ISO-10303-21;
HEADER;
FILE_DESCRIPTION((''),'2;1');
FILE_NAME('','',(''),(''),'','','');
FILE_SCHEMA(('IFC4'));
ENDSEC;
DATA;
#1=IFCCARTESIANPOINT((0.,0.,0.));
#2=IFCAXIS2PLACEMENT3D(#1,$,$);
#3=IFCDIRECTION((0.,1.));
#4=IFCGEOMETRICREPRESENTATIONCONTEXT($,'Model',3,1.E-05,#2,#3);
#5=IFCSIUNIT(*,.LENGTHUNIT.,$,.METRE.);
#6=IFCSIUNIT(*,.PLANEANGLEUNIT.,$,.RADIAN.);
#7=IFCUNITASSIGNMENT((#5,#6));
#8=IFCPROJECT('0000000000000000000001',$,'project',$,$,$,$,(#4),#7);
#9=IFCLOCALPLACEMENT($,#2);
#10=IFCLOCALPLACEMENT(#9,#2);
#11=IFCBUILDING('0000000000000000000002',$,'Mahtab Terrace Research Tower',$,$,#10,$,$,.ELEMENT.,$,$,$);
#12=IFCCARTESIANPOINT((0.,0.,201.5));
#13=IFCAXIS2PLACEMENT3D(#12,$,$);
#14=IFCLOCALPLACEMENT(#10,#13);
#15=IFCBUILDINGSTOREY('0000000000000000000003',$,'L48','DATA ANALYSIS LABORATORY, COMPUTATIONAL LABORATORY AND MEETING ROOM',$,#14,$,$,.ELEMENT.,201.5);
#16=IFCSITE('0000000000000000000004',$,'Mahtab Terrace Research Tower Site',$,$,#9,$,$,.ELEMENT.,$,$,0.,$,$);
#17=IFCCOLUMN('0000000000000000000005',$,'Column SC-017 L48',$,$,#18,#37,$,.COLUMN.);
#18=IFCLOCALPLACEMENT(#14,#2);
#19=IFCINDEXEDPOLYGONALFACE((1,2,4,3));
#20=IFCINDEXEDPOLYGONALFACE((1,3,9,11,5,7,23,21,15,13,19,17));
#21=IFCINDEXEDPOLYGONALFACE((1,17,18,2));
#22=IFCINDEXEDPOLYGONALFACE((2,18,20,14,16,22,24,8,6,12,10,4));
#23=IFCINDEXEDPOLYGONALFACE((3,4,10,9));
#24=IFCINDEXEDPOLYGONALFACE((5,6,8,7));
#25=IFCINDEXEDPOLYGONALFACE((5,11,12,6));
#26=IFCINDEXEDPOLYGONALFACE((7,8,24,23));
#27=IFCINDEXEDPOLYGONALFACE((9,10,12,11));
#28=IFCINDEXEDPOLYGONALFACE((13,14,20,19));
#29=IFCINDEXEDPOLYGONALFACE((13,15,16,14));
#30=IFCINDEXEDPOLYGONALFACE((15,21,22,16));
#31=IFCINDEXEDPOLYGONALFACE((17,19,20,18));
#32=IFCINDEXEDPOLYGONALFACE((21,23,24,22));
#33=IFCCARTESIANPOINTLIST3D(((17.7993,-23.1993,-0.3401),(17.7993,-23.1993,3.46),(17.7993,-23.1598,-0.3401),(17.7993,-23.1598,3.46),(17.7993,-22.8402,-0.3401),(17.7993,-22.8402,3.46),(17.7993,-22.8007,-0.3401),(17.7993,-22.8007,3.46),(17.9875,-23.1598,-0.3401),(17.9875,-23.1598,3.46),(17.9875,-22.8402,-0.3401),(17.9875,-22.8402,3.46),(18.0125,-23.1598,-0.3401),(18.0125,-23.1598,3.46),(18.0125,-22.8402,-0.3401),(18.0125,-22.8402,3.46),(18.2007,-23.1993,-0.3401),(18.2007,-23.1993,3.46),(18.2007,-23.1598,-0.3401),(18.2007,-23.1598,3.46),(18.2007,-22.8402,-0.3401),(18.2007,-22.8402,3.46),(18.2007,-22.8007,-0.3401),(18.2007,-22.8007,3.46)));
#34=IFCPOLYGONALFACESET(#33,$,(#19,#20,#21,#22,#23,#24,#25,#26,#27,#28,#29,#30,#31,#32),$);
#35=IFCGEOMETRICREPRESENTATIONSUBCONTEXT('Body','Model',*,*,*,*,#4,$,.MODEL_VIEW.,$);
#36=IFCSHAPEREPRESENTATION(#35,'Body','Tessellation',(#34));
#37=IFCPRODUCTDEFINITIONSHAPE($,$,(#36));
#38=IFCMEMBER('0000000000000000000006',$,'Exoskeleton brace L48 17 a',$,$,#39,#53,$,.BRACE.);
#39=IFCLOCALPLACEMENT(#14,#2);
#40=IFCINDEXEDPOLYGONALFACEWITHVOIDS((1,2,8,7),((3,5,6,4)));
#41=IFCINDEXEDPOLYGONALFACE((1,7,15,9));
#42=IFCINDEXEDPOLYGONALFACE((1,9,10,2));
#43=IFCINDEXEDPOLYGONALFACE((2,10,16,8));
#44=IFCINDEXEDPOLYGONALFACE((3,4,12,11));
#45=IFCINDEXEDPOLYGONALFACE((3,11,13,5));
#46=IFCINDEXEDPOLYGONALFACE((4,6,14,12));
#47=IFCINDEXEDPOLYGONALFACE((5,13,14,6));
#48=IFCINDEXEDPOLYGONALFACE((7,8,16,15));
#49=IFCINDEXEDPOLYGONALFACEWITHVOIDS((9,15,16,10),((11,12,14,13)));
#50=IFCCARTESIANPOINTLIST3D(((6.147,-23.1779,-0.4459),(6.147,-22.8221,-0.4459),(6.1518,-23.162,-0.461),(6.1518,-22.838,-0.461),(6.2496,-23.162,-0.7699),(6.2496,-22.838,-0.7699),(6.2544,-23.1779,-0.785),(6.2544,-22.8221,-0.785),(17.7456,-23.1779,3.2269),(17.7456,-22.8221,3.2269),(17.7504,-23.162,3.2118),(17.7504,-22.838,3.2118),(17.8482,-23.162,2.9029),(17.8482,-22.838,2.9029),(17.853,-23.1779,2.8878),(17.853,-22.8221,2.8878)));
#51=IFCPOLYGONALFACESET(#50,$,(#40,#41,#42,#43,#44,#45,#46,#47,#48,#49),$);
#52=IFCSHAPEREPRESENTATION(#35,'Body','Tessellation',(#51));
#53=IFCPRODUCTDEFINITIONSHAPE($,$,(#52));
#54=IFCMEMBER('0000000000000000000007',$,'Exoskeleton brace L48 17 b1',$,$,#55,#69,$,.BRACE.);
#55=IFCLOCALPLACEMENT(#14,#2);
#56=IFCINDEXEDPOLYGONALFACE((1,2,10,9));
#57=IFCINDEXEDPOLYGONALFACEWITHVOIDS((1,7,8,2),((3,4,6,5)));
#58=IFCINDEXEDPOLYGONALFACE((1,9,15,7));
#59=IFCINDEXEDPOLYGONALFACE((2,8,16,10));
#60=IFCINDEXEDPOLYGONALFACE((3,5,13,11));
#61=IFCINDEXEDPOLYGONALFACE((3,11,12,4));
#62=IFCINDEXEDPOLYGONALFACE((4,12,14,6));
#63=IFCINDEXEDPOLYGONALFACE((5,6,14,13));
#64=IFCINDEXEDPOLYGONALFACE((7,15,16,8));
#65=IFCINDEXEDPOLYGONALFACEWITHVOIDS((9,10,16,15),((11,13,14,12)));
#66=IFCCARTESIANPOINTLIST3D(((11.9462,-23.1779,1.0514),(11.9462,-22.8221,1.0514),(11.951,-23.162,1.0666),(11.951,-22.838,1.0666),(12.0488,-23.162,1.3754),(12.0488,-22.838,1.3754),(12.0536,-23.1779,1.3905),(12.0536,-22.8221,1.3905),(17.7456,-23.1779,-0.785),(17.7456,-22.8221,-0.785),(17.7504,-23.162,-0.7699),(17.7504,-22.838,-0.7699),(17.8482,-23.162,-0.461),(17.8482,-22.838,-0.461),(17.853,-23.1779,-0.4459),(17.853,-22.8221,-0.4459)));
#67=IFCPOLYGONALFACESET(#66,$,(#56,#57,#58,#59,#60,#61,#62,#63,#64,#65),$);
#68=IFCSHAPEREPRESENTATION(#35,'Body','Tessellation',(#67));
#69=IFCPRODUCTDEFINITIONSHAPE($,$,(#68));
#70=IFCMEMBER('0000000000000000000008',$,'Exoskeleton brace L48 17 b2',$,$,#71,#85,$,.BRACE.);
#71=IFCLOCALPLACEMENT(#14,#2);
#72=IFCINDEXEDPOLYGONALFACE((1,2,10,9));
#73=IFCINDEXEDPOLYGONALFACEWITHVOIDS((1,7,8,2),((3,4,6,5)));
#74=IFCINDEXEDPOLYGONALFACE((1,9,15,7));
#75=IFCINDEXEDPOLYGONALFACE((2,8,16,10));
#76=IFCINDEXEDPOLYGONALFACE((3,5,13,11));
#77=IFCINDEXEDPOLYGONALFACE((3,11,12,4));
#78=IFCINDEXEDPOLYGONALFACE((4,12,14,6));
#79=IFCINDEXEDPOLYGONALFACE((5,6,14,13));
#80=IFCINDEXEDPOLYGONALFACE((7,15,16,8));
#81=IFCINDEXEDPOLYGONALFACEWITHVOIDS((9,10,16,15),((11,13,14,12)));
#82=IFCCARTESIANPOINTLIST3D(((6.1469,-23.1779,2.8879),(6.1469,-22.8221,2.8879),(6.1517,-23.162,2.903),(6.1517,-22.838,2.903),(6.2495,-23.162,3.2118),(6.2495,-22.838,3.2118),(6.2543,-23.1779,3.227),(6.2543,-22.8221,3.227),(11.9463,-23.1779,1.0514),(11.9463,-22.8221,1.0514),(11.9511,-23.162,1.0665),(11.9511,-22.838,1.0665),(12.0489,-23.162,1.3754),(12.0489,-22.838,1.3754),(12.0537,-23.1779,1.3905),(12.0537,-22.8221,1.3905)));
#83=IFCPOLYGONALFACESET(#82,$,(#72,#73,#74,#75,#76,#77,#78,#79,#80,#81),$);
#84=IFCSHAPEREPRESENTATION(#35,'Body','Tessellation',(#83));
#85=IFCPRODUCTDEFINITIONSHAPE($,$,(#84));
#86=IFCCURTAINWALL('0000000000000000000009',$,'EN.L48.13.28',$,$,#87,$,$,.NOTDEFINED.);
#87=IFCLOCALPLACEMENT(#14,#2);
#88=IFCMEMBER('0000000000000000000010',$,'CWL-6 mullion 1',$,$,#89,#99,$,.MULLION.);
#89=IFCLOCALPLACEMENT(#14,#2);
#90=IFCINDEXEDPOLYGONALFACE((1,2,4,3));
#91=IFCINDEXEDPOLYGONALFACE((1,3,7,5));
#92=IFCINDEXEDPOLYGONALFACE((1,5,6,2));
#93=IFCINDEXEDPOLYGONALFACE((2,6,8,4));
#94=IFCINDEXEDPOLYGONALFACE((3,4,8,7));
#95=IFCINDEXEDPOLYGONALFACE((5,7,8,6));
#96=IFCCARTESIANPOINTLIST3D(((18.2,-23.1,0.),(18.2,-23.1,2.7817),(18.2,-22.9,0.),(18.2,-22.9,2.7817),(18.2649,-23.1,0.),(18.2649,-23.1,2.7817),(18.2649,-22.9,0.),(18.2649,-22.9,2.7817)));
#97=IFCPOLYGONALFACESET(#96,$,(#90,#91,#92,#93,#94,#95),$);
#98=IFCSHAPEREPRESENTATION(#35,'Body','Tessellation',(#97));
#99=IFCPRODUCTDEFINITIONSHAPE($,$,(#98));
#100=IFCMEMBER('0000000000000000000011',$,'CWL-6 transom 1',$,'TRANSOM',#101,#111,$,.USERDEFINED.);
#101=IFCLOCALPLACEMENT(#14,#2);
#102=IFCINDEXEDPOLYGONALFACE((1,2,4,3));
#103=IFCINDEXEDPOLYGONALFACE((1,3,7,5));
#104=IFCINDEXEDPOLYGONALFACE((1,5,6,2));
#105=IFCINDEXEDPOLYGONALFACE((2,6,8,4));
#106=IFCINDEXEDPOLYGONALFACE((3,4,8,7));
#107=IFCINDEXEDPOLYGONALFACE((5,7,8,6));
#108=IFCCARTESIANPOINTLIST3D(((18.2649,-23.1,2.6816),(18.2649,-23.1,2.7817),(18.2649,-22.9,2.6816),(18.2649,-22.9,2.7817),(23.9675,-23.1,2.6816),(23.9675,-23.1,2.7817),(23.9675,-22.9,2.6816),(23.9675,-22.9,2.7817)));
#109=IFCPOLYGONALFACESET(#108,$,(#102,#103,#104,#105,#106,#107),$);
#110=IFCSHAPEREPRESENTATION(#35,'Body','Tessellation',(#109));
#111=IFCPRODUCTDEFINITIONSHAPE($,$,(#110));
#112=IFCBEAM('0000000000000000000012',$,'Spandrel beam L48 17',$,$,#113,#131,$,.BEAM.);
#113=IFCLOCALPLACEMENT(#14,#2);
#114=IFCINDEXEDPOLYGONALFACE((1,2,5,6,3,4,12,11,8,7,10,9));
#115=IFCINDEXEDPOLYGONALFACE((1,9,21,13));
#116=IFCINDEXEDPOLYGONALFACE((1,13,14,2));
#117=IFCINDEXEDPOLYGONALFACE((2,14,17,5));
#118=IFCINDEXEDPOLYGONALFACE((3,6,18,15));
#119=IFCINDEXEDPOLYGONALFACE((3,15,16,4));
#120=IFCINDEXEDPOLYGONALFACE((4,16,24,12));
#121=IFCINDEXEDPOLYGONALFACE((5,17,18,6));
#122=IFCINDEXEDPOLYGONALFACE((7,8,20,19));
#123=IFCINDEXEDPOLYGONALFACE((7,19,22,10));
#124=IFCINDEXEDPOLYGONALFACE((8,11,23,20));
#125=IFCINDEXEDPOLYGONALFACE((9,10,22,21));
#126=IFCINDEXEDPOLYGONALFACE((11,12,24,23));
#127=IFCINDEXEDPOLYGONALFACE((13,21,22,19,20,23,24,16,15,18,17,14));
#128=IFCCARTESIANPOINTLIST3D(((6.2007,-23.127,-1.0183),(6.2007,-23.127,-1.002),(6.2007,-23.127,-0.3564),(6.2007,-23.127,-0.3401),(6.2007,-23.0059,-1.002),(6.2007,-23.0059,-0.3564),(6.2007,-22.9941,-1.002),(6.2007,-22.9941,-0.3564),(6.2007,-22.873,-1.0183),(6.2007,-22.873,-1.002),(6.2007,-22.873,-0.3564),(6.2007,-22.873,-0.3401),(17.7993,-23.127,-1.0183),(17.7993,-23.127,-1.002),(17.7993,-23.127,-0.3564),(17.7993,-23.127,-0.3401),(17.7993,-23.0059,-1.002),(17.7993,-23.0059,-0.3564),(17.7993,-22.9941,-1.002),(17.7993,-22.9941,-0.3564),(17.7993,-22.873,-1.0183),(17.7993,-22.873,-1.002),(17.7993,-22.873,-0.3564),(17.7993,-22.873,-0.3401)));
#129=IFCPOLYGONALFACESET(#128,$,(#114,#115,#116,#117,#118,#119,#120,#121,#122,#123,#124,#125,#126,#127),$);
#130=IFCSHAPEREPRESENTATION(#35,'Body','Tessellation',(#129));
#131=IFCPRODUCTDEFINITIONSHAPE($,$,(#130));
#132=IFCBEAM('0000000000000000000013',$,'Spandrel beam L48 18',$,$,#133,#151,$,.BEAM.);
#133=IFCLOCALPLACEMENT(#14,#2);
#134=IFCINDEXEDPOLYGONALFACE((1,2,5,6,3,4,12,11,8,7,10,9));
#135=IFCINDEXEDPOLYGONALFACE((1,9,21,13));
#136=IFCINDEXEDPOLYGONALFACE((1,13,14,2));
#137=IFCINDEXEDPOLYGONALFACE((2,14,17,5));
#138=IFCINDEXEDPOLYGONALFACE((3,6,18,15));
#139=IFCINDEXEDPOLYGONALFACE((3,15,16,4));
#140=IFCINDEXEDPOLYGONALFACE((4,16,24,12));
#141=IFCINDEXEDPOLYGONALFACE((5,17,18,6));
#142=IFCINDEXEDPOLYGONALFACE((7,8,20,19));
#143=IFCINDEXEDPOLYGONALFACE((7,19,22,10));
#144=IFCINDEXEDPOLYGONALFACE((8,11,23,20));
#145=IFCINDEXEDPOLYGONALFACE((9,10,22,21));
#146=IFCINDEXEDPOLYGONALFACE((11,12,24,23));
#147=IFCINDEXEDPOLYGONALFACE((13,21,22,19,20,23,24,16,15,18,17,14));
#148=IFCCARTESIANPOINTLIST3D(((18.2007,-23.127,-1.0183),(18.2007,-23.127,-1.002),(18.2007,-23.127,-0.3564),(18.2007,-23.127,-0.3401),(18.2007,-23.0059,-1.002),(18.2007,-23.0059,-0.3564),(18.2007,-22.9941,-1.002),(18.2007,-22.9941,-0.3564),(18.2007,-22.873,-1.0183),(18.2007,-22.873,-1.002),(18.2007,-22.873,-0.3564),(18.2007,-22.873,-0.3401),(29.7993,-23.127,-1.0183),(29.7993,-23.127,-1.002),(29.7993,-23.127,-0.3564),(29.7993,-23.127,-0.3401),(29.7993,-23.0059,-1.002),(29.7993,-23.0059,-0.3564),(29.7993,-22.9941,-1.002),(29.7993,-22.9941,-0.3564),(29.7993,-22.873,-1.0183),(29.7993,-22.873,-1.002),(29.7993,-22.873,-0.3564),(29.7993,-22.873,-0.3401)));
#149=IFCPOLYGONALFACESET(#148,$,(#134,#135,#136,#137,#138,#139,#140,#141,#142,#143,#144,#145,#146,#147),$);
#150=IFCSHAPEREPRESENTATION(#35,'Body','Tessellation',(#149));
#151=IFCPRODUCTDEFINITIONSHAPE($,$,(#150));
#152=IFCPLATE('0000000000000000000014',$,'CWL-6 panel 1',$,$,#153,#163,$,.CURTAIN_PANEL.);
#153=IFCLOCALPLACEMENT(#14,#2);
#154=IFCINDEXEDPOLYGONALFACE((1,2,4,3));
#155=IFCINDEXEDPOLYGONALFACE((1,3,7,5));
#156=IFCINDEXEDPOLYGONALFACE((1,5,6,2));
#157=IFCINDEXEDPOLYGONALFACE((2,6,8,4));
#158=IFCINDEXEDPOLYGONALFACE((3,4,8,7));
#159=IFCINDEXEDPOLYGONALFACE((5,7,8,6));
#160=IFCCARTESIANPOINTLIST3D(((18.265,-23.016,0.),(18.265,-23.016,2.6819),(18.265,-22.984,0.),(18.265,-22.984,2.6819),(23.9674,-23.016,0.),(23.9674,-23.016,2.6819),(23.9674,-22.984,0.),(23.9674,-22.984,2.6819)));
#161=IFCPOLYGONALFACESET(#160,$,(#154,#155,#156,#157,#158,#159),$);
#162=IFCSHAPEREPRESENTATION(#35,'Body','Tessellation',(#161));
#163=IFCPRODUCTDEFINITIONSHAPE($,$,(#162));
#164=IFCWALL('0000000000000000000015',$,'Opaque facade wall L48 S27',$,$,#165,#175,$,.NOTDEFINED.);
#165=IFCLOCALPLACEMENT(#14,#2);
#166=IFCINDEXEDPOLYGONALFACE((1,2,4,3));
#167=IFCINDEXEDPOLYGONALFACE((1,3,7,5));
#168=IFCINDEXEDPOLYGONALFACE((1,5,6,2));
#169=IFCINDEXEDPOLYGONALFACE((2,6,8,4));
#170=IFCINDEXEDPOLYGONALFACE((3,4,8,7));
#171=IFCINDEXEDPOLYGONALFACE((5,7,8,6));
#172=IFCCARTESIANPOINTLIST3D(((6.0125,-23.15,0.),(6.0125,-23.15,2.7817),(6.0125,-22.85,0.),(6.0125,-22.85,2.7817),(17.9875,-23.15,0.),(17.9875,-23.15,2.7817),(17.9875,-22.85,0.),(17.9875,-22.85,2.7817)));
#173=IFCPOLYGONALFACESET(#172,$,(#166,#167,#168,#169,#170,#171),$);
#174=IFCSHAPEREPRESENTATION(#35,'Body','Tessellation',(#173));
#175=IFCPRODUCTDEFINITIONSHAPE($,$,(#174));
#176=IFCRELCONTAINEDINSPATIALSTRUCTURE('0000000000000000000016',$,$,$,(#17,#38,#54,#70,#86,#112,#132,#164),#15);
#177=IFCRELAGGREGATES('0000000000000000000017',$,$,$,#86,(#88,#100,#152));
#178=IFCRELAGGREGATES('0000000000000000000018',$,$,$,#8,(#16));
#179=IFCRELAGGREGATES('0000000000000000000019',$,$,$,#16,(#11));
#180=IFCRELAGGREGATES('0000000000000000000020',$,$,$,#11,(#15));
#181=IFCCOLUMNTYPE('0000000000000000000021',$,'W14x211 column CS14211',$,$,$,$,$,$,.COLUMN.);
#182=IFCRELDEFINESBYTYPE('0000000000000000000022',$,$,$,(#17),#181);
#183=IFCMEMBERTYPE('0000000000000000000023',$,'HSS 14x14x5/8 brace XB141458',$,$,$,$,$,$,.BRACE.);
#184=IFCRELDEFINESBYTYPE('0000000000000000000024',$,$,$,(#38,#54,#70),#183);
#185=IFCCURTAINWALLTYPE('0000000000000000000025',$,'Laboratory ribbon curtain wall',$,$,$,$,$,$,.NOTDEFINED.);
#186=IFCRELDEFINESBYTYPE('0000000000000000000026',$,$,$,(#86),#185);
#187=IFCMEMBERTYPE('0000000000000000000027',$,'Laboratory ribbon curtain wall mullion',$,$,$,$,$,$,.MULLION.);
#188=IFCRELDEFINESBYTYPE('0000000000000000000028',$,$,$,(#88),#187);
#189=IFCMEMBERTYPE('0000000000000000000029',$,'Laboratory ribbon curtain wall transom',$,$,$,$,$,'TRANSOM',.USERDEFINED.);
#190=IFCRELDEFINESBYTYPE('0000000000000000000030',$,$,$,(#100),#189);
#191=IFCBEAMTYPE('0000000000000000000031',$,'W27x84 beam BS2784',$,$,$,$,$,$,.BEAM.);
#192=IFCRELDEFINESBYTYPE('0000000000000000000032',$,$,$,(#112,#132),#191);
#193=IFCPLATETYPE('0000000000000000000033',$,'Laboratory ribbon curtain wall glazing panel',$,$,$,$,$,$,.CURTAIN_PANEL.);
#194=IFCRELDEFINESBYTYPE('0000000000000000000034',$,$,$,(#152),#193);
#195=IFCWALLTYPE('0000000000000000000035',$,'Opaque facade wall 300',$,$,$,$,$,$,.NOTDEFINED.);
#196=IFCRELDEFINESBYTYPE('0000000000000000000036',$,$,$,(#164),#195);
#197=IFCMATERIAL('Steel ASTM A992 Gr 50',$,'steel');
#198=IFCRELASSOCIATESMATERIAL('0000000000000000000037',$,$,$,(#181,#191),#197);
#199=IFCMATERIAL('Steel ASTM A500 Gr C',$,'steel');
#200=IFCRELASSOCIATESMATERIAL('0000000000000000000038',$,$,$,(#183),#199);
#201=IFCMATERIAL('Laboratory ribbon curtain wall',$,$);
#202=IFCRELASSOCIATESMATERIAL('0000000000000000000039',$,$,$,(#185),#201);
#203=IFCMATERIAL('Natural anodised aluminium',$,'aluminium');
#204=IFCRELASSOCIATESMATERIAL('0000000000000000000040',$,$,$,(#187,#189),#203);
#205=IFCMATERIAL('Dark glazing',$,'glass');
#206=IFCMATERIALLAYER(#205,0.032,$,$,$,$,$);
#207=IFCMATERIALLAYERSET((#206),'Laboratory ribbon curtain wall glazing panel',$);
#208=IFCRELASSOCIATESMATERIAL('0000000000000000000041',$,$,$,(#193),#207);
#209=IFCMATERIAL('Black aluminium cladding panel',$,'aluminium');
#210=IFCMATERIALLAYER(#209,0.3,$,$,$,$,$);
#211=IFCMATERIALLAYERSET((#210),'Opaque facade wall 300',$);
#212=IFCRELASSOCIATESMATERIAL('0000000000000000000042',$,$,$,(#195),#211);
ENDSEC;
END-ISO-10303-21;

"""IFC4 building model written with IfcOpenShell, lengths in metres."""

from ifc_helpers import new_model, si_unit, direction, frame, frame_2d, origin, origin_2d, place, context, subcontext, project, spatial, rectangle, hollow_rectangle, i_section, extrude, material, layer, layer_set, material_profile, profile_set, type_object, element, aggregate, save


model = new_model("IFC4")

# Units and contexts
model_context = context("Model", 3, precision=1e-05, world=origin(), true_north=direction((0.0, 1.0)))
body_context = subcontext(model_context, "Body", "Model", "MODEL_VIEW")
ifc_project = project(units=[si_unit("LENGTHUNIT", "METRE"), si_unit("PLANEANGLEUNIT", "RADIAN")], contexts=[model_context])

# Site, building, storey
site_placement = place(None, origin())
site = spatial("IfcSite", under=ifc_project, at=site_placement, Name="Mahtab Terrace Research Tower Site", CompositionType="ELEMENT", RefElevation=0.0)
building_placement = place(site_placement, origin())
building = spatial("IfcBuilding", under=site, at=building_placement, Name="Mahtab Terrace Research Tower", CompositionType="ELEMENT")
storey_placement = place(building_placement, frame((0.0, 0.0, 201.5)))
storey = spatial("IfcBuildingStorey", under=building, at=storey_placement, Name="L48", Description="DATA ANALYSIS LABORATORY, COMPUTATIONAL LABORATORY AND MEETING ROOM", CompositionType="ELEMENT", Elevation=201.5)

# Column
ifc_material_1 = material(Name="Steel ASTM A992 Gr 50", Category="steel")
ifc_material_profile_1 = material_profile(ifc_material_1, i_section(OverallWidth=0.4014, OverallDepth=0.3987, WebThickness=0.0249, FlangeThickness=0.0396, at=origin_2d()), Name="W14X211")
ifc_profile_set_1 = profile_set([ifc_material_profile_1], Name="Steel ASTM A992 Gr 50")
column_type = type_object("IfcColumnType", Name="W14x211 column CS14211", PredefinedType="COLUMN", material=ifc_profile_set_1)
column_placement = place(storey_placement, frame((18.0, -23.0, -0.3401), z_axis=(0.0, 0.0, 1.0), x_axis=(1.0, 0.0, 0.0)))
element("IfcColumn", 1, at=column_placement, inside=storey, type_object=column_type, Name="Column SC-017 L48", PredefinedType="COLUMN", context=body_context, shape_type="SweptSolid", body=[
    extrude(i_section(OverallWidth=0.4014, OverallDepth=0.3987, WebThickness=0.0249, FlangeThickness=0.0396, at=origin_2d()), origin(), (0.0, 0.0, 1.0), 3.8),
])

# Members
ifc_material_2 = material(Name="Steel ASTM A500 Gr C", Category="steel")
ifc_material_profile_2 = material_profile(ifc_material_2, hollow_rectangle(XDim=0.3557, YDim=0.3557, WallThickness=0.0159, at=origin_2d()), Name="HSS14X14X5/8")
ifc_profile_set_2 = profile_set([ifc_material_profile_2], Name="Steel ASTM A500 Gr C")
member_type_1 = type_object("IfcMemberType", Name="HSS 14x14x5/8 brace XB141458", PredefinedType="BRACE", material=ifc_profile_set_2)
member_1_placement = place(storey_placement, frame((6.2007, -23.0, -0.6155), z_axis=(0.953343, 0.0, 0.301888), x_axis=(0.0, 1.0, 0.0)))
element("IfcMember", 2, at=member_1_placement, inside=storey, type_object=member_type_1, Name="Exoskeleton brace L48 17 a", PredefinedType="BRACE", context=body_context, shape_type="SweptSolid", body=[
    extrude(hollow_rectangle(XDim=0.3557, YDim=0.3557, WallThickness=0.0159, at=origin_2d()), origin(), (0.0, 0.0, 1.0), 12.1663),
])
for number, where, z_axis, x_axis, name in (
    (3, (17.7993, -23.0, -0.6155), (-0.953343, 0.0, 0.301888), (0.0, -1.0, 0.0), "Exoskeleton brace L48 17 b1"),
    (4, (12.0, -23.0, 1.2209), (-0.953343, 0.0, 0.301888), (0.0, -1.0, 0.0), "Exoskeleton brace L48 17 b2"),
):
    element("IfcMember", number, at=place(storey_placement, frame(where, z_axis=z_axis, x_axis=x_axis)), inside=storey, type_object=member_type_1, Name=name, PredefinedType="BRACE", context=body_context, shape_type="SweptSolid", body=[
        extrude(hollow_rectangle(XDim=0.3557, YDim=0.3557, WallThickness=0.0159, at=origin_2d()), origin(), (0.0, 0.0, 1.0), 6.0833),
    ])

# Curtain wall, members
ifc_material_3 = material(Name="Laboratory ribbon curtain wall")
curtain_wall_type = type_object("IfcCurtainWallType", Name="Laboratory ribbon curtain wall", PredefinedType="NOTDEFINED", material=ifc_material_3)
curtain_wall_placement = place(storey_placement, origin())
curtain_wall = element("IfcCurtainWall", 5, at=curtain_wall_placement, inside=storey, type_object=curtain_wall_type, Name="EN.L48.13.28", PredefinedType="NOTDEFINED")
ifc_material_4 = material(Name="Natural anodised aluminium", Category="aluminium")
ifc_material_profile_3 = material_profile(ifc_material_4, rectangle(XDim=0.2, YDim=0.0649, at=origin_2d()), Name="MULLION 65x200")
ifc_profile_set_3 = profile_set([ifc_material_profile_3], Name="Natural anodised aluminium")
member_type_2 = type_object("IfcMemberType", Name="Laboratory ribbon curtain wall mullion", PredefinedType="MULLION", material=ifc_profile_set_3)
member_2_placement = place(storey_placement, frame((18.2324, -23.0, 0.0), z_axis=(0.0, 0.0, 1.0), x_axis=(0.0, 1.0, 0.0)))
member_2 = element("IfcMember", 6, at=member_2_placement, type_object=member_type_2, Name="CWL-6 mullion 1", PredefinedType="MULLION", context=body_context, shape_type="SweptSolid", body=[
    extrude(rectangle(XDim=0.2, YDim=0.0649, at=origin_2d()), origin(), (0.0, 0.0, 1.0), 2.7817),
])
ifc_material_profile_4 = material_profile(ifc_material_4, rectangle(XDim=0.2, YDim=0.1001, at=origin_2d()), Name="TRANSOM 100x200")
ifc_profile_set_4 = profile_set([ifc_material_profile_4], Name="Natural anodised aluminium")
member_type_3 = type_object("IfcMemberType", Name="Laboratory ribbon curtain wall transom", ElementType="TRANSOM", PredefinedType="USERDEFINED", material=ifc_profile_set_4)
member_3_placement = place(storey_placement, frame((18.2649, -23.0, 2.7317), z_axis=(1.0, 0.0, 0.0), x_axis=(0.0, 1.0, 0.0)))
member_3 = element("IfcMember", 7, at=member_3_placement, type_object=member_type_3, Name="CWL-6 transom 1", ObjectType="TRANSOM", PredefinedType="USERDEFINED", context=body_context, shape_type="SweptSolid", body=[
    extrude(rectangle(XDim=0.2, YDim=0.1001, at=origin_2d()), origin(), (0.0, 0.0, 1.0), 5.7026),
])

# Beams
ifc_material_profile_5 = material_profile(ifc_material_1, i_section(OverallWidth=0.2539, OverallDepth=0.6782, WebThickness=0.0117, FlangeThickness=0.0164, at=origin_2d()), Name="W27X84")
ifc_profile_set_5 = profile_set([ifc_material_profile_5], Name="Steel ASTM A992 Gr 50")
beam_type = type_object("IfcBeamType", Name="W27x84 beam BS2784", PredefinedType="BEAM", material=ifc_profile_set_5)
for number, where, z_axis, x_axis, name in (
    (8, (6.2007, -23.0, -0.6792), (1.0, 0.0, 0.0), (0.0, 1.0, 0.0), "Spandrel beam L48 17"),
    (9, (18.2007, -23.0, -0.6792), (1.0, 0.0, 0.0), (0.0, 1.0, 0.0), "Spandrel beam L48 18"),
):
    element("IfcBeam", number, at=place(storey_placement, frame(where, z_axis=z_axis, x_axis=x_axis)), inside=storey, type_object=beam_type, Name=name, PredefinedType="BEAM", context=body_context, shape_type="SweptSolid", body=[
        extrude(i_section(OverallWidth=0.2539, OverallDepth=0.6782, WebThickness=0.0117, FlangeThickness=0.0164, at=origin_2d()), origin(), (0.0, 0.0, 1.0), 11.5986),
    ])

# Plate
ifc_material_5 = material(Name="Dark glazing", Category="glass")
ifc_layer_1 = layer(ifc_material_5, 0.032)
ifc_layer_set_1 = layer_set([ifc_layer_1], Name="Laboratory ribbon curtain wall glazing panel")
plate_type = type_object("IfcPlateType", Name="Laboratory ribbon curtain wall glazing panel", PredefinedType="CURTAIN_PANEL", material=ifc_layer_set_1)
plate_placement = place(storey_placement, frame((21.1162, -23.0, 0.0), z_axis=(0.0, 0.0, 1.0), x_axis=(1.0, 0.0, 0.0)))
plate = element("IfcPlate", 10, at=plate_placement, type_object=plate_type, Name="CWL-6 panel 1", PredefinedType="CURTAIN_PANEL", context=body_context, shape_type="SweptSolid", body=[
    extrude(rectangle(XDim=5.7024, YDim=0.032, at=origin_2d()), origin(), (0.0, 0.0, 1.0), 2.6819),
])
aggregate(curtain_wall, [member_2, member_3, plate])

# Wall
ifc_material_6 = material(Name="Black aluminium cladding panel", Category="aluminium")
ifc_layer_2 = layer(ifc_material_6, 0.3)
ifc_layer_set_2 = layer_set([ifc_layer_2], Name="Opaque facade wall 300")
wall_type = type_object("IfcWallType", Name="Opaque facade wall 300", PredefinedType="NOTDEFINED", material=ifc_layer_set_2)
wall_placement = place(storey_placement, frame((6.0125, -23.0, 0.0), z_axis=(0.0, 0.0, 1.0), x_axis=(1.0, 0.0, 0.0)))
element("IfcWall", 11, at=wall_placement, inside=storey, type_object=wall_type, Name="Opaque facade wall L48 S27", PredefinedType="NOTDEFINED", context=body_context, shape_type="SweptSolid", body=[
    extrude(rectangle(XDim=11.9751, YDim=0.3, at=frame_2d((5.9875, 0.0))), origin(), (0.0, 0.0, 1.0), 2.7817),
])

save(model, "model.ifc")
